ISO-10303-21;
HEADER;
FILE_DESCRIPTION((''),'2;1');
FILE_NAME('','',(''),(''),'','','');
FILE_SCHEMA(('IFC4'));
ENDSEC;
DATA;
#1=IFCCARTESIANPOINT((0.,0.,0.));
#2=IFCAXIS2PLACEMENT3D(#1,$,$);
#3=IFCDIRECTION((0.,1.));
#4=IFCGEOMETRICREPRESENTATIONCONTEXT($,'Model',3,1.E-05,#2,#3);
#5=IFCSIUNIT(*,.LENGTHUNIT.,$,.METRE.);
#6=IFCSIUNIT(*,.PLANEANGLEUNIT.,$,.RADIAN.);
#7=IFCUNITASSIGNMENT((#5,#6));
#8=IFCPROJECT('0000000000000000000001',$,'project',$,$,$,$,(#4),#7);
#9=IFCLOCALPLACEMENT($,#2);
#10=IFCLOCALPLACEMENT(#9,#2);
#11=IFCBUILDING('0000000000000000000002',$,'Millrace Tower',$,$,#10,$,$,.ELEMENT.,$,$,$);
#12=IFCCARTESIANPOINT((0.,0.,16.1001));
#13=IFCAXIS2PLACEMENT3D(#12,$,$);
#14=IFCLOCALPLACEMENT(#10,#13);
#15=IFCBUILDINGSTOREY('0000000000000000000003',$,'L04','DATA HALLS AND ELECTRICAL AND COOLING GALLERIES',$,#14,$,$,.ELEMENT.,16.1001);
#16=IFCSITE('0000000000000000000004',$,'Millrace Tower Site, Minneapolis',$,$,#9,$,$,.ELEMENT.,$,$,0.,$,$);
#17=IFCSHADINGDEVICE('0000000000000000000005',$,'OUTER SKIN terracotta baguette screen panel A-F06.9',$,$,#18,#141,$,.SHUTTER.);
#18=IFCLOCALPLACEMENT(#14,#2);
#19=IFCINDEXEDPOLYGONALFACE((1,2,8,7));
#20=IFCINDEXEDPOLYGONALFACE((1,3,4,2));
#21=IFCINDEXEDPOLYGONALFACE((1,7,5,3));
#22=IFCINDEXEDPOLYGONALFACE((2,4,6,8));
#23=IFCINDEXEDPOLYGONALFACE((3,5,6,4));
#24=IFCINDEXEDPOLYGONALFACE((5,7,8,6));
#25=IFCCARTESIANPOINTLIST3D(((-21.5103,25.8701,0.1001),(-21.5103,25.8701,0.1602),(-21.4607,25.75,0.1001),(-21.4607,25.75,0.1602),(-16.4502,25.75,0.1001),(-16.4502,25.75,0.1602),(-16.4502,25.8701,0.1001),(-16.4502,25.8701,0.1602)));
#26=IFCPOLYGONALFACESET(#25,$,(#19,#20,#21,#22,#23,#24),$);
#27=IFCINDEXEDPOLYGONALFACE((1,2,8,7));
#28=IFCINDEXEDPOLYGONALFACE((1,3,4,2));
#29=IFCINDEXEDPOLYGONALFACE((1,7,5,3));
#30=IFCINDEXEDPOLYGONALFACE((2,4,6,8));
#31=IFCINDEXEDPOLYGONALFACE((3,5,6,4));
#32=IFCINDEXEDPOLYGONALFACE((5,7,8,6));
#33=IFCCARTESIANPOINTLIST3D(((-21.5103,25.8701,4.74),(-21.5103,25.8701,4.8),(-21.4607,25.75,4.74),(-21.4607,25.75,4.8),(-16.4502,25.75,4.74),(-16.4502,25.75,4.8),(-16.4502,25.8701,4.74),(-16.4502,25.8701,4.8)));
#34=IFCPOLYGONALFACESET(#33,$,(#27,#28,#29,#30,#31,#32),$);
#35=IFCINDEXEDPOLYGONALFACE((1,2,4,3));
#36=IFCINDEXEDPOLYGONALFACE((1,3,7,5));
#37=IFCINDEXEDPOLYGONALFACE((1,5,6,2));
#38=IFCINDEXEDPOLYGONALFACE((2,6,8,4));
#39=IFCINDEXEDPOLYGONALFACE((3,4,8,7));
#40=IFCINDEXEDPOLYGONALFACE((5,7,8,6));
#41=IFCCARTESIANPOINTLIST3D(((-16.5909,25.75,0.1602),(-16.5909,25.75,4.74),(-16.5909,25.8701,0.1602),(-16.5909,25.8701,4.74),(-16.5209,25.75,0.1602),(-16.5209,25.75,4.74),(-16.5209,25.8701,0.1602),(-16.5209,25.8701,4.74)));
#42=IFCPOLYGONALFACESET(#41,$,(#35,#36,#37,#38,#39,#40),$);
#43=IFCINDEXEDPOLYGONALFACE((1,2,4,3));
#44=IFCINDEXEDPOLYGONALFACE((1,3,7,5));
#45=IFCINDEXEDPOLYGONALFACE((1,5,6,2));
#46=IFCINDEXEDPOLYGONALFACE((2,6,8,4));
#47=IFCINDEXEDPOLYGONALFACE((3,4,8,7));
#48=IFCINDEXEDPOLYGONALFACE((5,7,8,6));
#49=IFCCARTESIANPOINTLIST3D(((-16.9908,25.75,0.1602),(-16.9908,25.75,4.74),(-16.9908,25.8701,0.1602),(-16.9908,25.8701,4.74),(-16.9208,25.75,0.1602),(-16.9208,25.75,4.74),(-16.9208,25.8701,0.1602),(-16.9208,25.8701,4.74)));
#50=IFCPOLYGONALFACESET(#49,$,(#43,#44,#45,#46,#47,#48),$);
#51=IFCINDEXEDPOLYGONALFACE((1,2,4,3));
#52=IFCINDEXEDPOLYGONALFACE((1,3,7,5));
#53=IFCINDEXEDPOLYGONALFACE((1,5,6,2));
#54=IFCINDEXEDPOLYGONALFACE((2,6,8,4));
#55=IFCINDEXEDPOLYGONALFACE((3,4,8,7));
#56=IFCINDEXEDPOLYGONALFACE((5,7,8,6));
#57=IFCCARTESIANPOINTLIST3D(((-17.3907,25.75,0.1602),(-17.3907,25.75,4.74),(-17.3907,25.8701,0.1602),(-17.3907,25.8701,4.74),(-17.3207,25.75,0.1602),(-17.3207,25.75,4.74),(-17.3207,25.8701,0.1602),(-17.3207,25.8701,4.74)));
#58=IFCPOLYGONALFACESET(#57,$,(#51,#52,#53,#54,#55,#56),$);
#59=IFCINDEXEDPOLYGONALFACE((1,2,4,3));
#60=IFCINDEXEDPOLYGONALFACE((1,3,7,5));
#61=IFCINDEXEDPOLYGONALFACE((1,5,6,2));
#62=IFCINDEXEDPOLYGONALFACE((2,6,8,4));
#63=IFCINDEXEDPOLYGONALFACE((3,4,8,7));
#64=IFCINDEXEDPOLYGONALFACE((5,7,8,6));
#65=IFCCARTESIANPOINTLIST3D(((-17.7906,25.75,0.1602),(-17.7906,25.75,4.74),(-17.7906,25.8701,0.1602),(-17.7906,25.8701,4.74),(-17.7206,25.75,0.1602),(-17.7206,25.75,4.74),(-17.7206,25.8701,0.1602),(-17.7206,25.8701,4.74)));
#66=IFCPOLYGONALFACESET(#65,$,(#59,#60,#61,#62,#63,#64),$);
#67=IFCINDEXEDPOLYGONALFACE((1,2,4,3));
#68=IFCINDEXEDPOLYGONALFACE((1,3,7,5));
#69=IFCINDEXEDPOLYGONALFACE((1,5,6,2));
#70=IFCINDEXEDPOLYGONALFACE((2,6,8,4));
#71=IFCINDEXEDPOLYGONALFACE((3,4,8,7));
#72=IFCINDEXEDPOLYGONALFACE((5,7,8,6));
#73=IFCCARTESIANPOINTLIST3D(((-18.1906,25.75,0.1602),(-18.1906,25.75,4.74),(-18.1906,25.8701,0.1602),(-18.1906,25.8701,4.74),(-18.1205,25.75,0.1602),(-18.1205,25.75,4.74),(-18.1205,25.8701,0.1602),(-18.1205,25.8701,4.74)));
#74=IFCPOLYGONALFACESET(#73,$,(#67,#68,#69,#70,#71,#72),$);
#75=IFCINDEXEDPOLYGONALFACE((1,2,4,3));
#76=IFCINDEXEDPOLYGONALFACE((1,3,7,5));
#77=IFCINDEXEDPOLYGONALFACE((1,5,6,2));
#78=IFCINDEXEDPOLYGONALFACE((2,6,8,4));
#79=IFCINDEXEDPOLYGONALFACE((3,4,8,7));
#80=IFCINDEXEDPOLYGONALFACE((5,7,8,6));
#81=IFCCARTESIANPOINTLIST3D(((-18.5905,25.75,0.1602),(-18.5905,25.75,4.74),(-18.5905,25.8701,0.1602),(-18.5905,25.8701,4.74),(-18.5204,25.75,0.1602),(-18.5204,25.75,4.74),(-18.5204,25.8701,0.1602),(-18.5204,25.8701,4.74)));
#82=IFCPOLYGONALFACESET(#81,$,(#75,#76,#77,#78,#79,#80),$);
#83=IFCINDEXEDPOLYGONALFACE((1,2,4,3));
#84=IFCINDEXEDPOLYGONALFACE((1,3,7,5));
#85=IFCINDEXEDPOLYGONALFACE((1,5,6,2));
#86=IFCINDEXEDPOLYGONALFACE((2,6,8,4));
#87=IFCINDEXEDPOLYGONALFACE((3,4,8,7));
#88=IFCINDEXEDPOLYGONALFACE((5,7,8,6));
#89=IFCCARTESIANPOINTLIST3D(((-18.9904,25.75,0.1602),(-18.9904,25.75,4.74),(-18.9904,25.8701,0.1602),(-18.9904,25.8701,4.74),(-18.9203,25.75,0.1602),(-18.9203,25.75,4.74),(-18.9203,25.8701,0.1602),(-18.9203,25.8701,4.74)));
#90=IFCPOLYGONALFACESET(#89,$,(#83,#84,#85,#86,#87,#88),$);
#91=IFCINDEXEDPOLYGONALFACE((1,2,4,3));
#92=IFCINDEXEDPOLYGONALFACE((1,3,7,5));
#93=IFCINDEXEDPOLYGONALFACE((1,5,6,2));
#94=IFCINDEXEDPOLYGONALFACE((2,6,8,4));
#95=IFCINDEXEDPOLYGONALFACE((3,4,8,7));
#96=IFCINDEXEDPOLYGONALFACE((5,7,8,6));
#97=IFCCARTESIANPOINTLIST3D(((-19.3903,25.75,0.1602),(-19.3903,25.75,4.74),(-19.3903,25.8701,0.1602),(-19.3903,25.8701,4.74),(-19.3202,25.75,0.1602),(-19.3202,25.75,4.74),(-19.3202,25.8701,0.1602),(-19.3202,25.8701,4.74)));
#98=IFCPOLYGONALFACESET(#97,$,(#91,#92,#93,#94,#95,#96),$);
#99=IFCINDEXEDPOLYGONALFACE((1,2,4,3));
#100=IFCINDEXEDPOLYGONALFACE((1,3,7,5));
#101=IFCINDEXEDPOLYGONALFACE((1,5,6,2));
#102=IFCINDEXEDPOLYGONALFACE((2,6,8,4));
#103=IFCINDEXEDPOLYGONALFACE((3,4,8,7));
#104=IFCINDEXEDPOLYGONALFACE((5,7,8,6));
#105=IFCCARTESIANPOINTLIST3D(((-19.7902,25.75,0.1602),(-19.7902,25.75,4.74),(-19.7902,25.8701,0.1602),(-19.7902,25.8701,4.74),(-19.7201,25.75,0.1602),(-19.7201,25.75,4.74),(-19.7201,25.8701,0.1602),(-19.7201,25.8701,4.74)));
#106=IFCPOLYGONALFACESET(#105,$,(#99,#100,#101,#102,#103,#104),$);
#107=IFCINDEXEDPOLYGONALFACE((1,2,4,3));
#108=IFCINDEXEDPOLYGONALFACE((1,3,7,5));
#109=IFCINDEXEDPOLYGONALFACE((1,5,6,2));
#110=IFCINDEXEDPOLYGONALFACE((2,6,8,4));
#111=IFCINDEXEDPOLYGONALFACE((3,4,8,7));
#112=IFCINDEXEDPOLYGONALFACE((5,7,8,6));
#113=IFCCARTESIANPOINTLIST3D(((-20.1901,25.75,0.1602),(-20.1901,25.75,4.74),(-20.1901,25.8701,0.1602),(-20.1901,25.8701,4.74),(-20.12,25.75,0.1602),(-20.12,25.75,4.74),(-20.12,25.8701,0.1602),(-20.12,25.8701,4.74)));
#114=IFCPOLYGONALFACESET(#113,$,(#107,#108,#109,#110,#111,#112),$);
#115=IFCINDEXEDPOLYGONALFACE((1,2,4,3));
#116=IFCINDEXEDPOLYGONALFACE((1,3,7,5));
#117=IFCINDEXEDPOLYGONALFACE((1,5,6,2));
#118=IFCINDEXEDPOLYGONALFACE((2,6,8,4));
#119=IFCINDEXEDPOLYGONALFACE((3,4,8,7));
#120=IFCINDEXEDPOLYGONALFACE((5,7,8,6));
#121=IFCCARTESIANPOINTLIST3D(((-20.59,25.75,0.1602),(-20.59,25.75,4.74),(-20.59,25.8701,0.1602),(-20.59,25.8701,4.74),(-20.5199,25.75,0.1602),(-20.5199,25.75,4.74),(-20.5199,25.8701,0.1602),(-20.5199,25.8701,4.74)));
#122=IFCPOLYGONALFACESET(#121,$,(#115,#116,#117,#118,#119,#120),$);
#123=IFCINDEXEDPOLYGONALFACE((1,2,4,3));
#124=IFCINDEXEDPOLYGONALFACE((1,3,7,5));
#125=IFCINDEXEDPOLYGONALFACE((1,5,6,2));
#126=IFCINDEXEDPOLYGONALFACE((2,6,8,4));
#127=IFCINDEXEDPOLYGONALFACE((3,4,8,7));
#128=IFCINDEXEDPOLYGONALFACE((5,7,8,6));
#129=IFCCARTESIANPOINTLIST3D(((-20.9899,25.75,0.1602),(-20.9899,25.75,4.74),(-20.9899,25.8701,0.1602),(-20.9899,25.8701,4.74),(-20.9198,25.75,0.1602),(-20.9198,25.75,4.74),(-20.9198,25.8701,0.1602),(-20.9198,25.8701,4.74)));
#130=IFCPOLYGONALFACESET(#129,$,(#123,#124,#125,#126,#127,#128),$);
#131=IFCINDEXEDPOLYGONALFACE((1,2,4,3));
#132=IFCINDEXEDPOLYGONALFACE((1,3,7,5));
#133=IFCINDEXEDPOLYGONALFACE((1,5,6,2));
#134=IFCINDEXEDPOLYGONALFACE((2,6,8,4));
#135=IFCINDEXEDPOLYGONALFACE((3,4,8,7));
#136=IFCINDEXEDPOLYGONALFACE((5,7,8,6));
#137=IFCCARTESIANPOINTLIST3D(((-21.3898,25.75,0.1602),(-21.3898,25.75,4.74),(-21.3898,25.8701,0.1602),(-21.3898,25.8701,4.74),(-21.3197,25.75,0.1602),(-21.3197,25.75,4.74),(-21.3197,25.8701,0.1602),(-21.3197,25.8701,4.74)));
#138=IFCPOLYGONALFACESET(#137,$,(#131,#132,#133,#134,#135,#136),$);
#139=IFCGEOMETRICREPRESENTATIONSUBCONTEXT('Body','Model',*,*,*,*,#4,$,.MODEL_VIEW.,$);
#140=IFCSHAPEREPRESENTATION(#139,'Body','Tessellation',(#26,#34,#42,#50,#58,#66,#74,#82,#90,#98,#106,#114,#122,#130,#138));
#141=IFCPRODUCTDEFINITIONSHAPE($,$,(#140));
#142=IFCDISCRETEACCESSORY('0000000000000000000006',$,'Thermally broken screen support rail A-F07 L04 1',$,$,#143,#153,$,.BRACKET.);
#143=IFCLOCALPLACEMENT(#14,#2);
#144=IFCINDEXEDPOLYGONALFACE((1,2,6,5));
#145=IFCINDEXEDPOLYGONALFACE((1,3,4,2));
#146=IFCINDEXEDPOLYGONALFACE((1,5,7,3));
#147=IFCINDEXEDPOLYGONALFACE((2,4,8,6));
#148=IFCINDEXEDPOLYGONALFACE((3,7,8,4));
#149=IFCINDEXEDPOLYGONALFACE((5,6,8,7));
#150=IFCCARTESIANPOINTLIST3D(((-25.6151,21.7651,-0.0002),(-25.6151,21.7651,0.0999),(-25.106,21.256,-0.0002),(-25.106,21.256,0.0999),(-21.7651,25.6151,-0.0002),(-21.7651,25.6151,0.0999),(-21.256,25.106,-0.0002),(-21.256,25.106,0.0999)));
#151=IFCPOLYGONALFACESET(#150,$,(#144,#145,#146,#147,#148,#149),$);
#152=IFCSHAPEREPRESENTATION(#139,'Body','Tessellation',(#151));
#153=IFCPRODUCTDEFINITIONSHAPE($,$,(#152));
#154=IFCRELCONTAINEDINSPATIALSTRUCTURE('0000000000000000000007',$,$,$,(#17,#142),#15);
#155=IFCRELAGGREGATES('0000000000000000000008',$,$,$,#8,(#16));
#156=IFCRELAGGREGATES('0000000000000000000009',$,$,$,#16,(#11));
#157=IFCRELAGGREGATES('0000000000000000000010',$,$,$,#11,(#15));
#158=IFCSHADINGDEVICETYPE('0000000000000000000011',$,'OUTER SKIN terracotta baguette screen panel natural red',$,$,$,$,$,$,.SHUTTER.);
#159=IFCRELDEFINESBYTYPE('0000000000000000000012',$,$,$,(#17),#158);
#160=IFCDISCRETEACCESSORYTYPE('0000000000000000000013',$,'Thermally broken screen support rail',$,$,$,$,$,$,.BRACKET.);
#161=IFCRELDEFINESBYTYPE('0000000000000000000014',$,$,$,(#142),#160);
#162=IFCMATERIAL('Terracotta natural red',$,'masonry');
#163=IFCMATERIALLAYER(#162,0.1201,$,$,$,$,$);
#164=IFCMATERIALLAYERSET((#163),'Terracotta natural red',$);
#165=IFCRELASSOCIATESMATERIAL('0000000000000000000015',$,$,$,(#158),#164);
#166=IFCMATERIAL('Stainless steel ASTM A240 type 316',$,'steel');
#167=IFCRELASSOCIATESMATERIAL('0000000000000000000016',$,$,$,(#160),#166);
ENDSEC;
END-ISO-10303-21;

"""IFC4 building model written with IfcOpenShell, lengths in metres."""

from ifc_helpers import new_model, entity, si_unit, direction, frame, frame_2d, origin, origin_2d, place, context, subcontext, project, spatial, rectangle, extrude, source, transform, mapped, material, layer, layer_set, type_object, element, save


model = new_model("IFC4")

# Units and contexts
model_context = context("Model", 3, precision=1e-05, world=origin(), true_north=direction((0.0, 1.0)))
body_context = subcontext(model_context, "Body", "Model", "MODEL_VIEW")
ifc_project = project(units=[si_unit("LENGTHUNIT", "METRE"), si_unit("PLANEANGLEUNIT", "RADIAN")], contexts=[model_context])

# Site, building, storey
site_placement = place(None, origin())
site = spatial("IfcSite", under=ifc_project, at=site_placement, Name="Millrace Tower Site, Minneapolis", CompositionType="ELEMENT", RefElevation=0.0)
building_placement = place(site_placement, origin())
building = spatial("IfcBuilding", under=site, at=building_placement, Name="Millrace Tower", CompositionType="ELEMENT")
storey_placement = place(building_placement, frame((0.0, 0.0, 16.1001)))
storey = spatial("IfcBuildingStorey", under=building, at=storey_placement, Name="L04", Description="DATA HALLS AND ELECTRICAL AND COOLING GALLERIES", CompositionType="ELEMENT", Elevation=16.1001)

# Shading device
ifc_material_1 = material(Name="Terracotta natural red", Category="masonry")
ifc_layer_1 = layer(ifc_material_1, 0.1201)
ifc_layer_set_1 = layer_set([ifc_layer_1], Name="Terracotta natural red")
shading_device_type_1 = type_object("IfcShadingDeviceType", Name="OUTER SKIN terracotta baguette screen panel natural red", PredefinedType="SHUTTER", material=ifc_layer_set_1)
cartesian_point_1 = entity("IfcCartesianPoint", [-2.5176, 0.0601])
shared_polyline_1 = entity("IfcPolyline", [cartesian_point_1, entity("IfcCartesianPoint", [2.4929, 0.0601]), entity("IfcCartesianPoint", [2.5425, -0.0601]), entity("IfcCartesianPoint", [-2.5176, -0.0601]), cartesian_point_1])
shared_shape_1 = source(origin(), body_context, "Body", "SweptSolid", [
    entity("IfcExtrudedAreaSolid", entity("IfcArbitraryClosedProfileDef", "AREA", None, shared_polyline_1), entity("IfcAxis2Placement3D", entity("IfcCartesianPoint", [0.0, 0.0, 0.0])), entity("IfcDirection", [0.0, 0.0, 1.0]), 0.0601),
    entity("IfcExtrudedAreaSolid", entity("IfcArbitraryClosedProfileDef", "AREA", None, shared_polyline_1), entity("IfcAxis2Placement3D", entity("IfcCartesianPoint", [0.0, 0.0, 4.6399])), entity("IfcDirection", [0.0, 0.0, 1.0]), 0.0601),
    extrude(rectangle(XDim=0.0701, YDim=0.1201, at=frame_2d((-2.4119, 0.0))), frame((0.0, 0.0, 0.0601)), (0.0, 0.0, 1.0), 4.5798),
    extrude(rectangle(XDim=0.0701, YDim=0.1201, at=frame_2d((-2.012, 0.0))), frame((0.0, 0.0, 0.0601)), (0.0, 0.0, 1.0), 4.5798),
    extrude(rectangle(XDim=0.0701, YDim=0.1201, at=frame_2d((-1.6121, 0.0))), frame((0.0, 0.0, 0.0601)), (0.0, 0.0, 1.0), 4.5798),
    extrude(rectangle(XDim=0.0701, YDim=0.1201, at=frame_2d((-1.2122, 0.0))), frame((0.0, 0.0, 0.0601)), (0.0, 0.0, 1.0), 4.5798),
    extrude(rectangle(XDim=0.0701, YDim=0.1201, at=frame_2d((-0.8123, 0.0))), frame((0.0, 0.0, 0.0601)), (0.0, 0.0, 1.0), 4.5798),
    extrude(rectangle(XDim=0.0701, YDim=0.1201, at=frame_2d((-0.4124, 0.0))), frame((0.0, 0.0, 0.0601)), (0.0, 0.0, 1.0), 4.5798),
    extrude(rectangle(XDim=0.0701, YDim=0.1201, at=frame_2d((-0.0125, 0.0))), frame((0.0, 0.0, 0.0601)), (0.0, 0.0, 1.0), 4.5798),
    extrude(rectangle(XDim=0.0701, YDim=0.1201, at=frame_2d((0.3875, 0.0))), frame((0.0, 0.0, 0.0601)), (0.0, 0.0, 1.0), 4.5798),
    extrude(rectangle(XDim=0.0701, YDim=0.1201, at=frame_2d((0.7874, 0.0))), frame((0.0, 0.0, 0.0601)), (0.0, 0.0, 1.0), 4.5798),
    extrude(rectangle(XDim=0.0701, YDim=0.1201, at=frame_2d((1.1873, 0.0))), frame((0.0, 0.0, 0.0601)), (0.0, 0.0, 1.0), 4.5798),
    extrude(rectangle(XDim=0.0701, YDim=0.1201, at=frame_2d((1.5872, 0.0))), frame((0.0, 0.0, 0.0601)), (0.0, 0.0, 1.0), 4.5798),
    extrude(rectangle(XDim=0.0701, YDim=0.1201, at=frame_2d((1.9871, 0.0))), frame((0.0, 0.0, 0.0601)), (0.0, 0.0, 1.0), 4.5798),
    extrude(rectangle(XDim=0.0701, YDim=0.1201, at=frame_2d((2.387, 0.0))), frame((0.0, 0.0, 0.0601)), (0.0, 0.0, 1.0), 4.5798),
])
shading_device_1_placement = place(storey_placement, frame((-18.9678, 25.8101, 0.1001), z_axis=(0.0, 0.0, 1.0), x_axis=(-1.0, 0.0, 0.0)))
element("IfcShadingDevice", 1, at=shading_device_1_placement, inside=storey, type_object=shading_device_type_1, Name="OUTER SKIN terracotta baguette screen panel A-F06.9", PredefinedType="SHUTTER", context=body_context, shape_type="MappedRepresentation", body=[
    mapped(shared_shape_1, transform((0.0, 0.0, 0.0), scale=1.0)),
])

# Discrete accessory
ifc_material_2 = material(Name="Stainless steel ASTM A240 type 316", Category="steel")
discrete_accessory_type = type_object("IfcDiscreteAccessoryType", Name="Thermally broken screen support rail", PredefinedType="BRACKET", material=ifc_material_2)
discrete_accessory_placement = place(storey_placement, frame((-23.4355, 23.4355, -0.0002), z_axis=(0.0, 0.0, 1.0), x_axis=(-0.707107, -0.707107, 0.0)))
element("IfcDiscreteAccessory", 2, at=discrete_accessory_placement, inside=storey, type_object=discrete_accessory_type, Name="Thermally broken screen support rail A-F07 L04 1", PredefinedType="BRACKET", context=body_context, shape_type="SweptSolid", body=[
    extrude(rectangle(XDim=5.4448, YDim=0.72, at=origin_2d()), origin(), (0.0, 0.0, 1.0), 0.1001),
])

save(model, "model.ifc")
